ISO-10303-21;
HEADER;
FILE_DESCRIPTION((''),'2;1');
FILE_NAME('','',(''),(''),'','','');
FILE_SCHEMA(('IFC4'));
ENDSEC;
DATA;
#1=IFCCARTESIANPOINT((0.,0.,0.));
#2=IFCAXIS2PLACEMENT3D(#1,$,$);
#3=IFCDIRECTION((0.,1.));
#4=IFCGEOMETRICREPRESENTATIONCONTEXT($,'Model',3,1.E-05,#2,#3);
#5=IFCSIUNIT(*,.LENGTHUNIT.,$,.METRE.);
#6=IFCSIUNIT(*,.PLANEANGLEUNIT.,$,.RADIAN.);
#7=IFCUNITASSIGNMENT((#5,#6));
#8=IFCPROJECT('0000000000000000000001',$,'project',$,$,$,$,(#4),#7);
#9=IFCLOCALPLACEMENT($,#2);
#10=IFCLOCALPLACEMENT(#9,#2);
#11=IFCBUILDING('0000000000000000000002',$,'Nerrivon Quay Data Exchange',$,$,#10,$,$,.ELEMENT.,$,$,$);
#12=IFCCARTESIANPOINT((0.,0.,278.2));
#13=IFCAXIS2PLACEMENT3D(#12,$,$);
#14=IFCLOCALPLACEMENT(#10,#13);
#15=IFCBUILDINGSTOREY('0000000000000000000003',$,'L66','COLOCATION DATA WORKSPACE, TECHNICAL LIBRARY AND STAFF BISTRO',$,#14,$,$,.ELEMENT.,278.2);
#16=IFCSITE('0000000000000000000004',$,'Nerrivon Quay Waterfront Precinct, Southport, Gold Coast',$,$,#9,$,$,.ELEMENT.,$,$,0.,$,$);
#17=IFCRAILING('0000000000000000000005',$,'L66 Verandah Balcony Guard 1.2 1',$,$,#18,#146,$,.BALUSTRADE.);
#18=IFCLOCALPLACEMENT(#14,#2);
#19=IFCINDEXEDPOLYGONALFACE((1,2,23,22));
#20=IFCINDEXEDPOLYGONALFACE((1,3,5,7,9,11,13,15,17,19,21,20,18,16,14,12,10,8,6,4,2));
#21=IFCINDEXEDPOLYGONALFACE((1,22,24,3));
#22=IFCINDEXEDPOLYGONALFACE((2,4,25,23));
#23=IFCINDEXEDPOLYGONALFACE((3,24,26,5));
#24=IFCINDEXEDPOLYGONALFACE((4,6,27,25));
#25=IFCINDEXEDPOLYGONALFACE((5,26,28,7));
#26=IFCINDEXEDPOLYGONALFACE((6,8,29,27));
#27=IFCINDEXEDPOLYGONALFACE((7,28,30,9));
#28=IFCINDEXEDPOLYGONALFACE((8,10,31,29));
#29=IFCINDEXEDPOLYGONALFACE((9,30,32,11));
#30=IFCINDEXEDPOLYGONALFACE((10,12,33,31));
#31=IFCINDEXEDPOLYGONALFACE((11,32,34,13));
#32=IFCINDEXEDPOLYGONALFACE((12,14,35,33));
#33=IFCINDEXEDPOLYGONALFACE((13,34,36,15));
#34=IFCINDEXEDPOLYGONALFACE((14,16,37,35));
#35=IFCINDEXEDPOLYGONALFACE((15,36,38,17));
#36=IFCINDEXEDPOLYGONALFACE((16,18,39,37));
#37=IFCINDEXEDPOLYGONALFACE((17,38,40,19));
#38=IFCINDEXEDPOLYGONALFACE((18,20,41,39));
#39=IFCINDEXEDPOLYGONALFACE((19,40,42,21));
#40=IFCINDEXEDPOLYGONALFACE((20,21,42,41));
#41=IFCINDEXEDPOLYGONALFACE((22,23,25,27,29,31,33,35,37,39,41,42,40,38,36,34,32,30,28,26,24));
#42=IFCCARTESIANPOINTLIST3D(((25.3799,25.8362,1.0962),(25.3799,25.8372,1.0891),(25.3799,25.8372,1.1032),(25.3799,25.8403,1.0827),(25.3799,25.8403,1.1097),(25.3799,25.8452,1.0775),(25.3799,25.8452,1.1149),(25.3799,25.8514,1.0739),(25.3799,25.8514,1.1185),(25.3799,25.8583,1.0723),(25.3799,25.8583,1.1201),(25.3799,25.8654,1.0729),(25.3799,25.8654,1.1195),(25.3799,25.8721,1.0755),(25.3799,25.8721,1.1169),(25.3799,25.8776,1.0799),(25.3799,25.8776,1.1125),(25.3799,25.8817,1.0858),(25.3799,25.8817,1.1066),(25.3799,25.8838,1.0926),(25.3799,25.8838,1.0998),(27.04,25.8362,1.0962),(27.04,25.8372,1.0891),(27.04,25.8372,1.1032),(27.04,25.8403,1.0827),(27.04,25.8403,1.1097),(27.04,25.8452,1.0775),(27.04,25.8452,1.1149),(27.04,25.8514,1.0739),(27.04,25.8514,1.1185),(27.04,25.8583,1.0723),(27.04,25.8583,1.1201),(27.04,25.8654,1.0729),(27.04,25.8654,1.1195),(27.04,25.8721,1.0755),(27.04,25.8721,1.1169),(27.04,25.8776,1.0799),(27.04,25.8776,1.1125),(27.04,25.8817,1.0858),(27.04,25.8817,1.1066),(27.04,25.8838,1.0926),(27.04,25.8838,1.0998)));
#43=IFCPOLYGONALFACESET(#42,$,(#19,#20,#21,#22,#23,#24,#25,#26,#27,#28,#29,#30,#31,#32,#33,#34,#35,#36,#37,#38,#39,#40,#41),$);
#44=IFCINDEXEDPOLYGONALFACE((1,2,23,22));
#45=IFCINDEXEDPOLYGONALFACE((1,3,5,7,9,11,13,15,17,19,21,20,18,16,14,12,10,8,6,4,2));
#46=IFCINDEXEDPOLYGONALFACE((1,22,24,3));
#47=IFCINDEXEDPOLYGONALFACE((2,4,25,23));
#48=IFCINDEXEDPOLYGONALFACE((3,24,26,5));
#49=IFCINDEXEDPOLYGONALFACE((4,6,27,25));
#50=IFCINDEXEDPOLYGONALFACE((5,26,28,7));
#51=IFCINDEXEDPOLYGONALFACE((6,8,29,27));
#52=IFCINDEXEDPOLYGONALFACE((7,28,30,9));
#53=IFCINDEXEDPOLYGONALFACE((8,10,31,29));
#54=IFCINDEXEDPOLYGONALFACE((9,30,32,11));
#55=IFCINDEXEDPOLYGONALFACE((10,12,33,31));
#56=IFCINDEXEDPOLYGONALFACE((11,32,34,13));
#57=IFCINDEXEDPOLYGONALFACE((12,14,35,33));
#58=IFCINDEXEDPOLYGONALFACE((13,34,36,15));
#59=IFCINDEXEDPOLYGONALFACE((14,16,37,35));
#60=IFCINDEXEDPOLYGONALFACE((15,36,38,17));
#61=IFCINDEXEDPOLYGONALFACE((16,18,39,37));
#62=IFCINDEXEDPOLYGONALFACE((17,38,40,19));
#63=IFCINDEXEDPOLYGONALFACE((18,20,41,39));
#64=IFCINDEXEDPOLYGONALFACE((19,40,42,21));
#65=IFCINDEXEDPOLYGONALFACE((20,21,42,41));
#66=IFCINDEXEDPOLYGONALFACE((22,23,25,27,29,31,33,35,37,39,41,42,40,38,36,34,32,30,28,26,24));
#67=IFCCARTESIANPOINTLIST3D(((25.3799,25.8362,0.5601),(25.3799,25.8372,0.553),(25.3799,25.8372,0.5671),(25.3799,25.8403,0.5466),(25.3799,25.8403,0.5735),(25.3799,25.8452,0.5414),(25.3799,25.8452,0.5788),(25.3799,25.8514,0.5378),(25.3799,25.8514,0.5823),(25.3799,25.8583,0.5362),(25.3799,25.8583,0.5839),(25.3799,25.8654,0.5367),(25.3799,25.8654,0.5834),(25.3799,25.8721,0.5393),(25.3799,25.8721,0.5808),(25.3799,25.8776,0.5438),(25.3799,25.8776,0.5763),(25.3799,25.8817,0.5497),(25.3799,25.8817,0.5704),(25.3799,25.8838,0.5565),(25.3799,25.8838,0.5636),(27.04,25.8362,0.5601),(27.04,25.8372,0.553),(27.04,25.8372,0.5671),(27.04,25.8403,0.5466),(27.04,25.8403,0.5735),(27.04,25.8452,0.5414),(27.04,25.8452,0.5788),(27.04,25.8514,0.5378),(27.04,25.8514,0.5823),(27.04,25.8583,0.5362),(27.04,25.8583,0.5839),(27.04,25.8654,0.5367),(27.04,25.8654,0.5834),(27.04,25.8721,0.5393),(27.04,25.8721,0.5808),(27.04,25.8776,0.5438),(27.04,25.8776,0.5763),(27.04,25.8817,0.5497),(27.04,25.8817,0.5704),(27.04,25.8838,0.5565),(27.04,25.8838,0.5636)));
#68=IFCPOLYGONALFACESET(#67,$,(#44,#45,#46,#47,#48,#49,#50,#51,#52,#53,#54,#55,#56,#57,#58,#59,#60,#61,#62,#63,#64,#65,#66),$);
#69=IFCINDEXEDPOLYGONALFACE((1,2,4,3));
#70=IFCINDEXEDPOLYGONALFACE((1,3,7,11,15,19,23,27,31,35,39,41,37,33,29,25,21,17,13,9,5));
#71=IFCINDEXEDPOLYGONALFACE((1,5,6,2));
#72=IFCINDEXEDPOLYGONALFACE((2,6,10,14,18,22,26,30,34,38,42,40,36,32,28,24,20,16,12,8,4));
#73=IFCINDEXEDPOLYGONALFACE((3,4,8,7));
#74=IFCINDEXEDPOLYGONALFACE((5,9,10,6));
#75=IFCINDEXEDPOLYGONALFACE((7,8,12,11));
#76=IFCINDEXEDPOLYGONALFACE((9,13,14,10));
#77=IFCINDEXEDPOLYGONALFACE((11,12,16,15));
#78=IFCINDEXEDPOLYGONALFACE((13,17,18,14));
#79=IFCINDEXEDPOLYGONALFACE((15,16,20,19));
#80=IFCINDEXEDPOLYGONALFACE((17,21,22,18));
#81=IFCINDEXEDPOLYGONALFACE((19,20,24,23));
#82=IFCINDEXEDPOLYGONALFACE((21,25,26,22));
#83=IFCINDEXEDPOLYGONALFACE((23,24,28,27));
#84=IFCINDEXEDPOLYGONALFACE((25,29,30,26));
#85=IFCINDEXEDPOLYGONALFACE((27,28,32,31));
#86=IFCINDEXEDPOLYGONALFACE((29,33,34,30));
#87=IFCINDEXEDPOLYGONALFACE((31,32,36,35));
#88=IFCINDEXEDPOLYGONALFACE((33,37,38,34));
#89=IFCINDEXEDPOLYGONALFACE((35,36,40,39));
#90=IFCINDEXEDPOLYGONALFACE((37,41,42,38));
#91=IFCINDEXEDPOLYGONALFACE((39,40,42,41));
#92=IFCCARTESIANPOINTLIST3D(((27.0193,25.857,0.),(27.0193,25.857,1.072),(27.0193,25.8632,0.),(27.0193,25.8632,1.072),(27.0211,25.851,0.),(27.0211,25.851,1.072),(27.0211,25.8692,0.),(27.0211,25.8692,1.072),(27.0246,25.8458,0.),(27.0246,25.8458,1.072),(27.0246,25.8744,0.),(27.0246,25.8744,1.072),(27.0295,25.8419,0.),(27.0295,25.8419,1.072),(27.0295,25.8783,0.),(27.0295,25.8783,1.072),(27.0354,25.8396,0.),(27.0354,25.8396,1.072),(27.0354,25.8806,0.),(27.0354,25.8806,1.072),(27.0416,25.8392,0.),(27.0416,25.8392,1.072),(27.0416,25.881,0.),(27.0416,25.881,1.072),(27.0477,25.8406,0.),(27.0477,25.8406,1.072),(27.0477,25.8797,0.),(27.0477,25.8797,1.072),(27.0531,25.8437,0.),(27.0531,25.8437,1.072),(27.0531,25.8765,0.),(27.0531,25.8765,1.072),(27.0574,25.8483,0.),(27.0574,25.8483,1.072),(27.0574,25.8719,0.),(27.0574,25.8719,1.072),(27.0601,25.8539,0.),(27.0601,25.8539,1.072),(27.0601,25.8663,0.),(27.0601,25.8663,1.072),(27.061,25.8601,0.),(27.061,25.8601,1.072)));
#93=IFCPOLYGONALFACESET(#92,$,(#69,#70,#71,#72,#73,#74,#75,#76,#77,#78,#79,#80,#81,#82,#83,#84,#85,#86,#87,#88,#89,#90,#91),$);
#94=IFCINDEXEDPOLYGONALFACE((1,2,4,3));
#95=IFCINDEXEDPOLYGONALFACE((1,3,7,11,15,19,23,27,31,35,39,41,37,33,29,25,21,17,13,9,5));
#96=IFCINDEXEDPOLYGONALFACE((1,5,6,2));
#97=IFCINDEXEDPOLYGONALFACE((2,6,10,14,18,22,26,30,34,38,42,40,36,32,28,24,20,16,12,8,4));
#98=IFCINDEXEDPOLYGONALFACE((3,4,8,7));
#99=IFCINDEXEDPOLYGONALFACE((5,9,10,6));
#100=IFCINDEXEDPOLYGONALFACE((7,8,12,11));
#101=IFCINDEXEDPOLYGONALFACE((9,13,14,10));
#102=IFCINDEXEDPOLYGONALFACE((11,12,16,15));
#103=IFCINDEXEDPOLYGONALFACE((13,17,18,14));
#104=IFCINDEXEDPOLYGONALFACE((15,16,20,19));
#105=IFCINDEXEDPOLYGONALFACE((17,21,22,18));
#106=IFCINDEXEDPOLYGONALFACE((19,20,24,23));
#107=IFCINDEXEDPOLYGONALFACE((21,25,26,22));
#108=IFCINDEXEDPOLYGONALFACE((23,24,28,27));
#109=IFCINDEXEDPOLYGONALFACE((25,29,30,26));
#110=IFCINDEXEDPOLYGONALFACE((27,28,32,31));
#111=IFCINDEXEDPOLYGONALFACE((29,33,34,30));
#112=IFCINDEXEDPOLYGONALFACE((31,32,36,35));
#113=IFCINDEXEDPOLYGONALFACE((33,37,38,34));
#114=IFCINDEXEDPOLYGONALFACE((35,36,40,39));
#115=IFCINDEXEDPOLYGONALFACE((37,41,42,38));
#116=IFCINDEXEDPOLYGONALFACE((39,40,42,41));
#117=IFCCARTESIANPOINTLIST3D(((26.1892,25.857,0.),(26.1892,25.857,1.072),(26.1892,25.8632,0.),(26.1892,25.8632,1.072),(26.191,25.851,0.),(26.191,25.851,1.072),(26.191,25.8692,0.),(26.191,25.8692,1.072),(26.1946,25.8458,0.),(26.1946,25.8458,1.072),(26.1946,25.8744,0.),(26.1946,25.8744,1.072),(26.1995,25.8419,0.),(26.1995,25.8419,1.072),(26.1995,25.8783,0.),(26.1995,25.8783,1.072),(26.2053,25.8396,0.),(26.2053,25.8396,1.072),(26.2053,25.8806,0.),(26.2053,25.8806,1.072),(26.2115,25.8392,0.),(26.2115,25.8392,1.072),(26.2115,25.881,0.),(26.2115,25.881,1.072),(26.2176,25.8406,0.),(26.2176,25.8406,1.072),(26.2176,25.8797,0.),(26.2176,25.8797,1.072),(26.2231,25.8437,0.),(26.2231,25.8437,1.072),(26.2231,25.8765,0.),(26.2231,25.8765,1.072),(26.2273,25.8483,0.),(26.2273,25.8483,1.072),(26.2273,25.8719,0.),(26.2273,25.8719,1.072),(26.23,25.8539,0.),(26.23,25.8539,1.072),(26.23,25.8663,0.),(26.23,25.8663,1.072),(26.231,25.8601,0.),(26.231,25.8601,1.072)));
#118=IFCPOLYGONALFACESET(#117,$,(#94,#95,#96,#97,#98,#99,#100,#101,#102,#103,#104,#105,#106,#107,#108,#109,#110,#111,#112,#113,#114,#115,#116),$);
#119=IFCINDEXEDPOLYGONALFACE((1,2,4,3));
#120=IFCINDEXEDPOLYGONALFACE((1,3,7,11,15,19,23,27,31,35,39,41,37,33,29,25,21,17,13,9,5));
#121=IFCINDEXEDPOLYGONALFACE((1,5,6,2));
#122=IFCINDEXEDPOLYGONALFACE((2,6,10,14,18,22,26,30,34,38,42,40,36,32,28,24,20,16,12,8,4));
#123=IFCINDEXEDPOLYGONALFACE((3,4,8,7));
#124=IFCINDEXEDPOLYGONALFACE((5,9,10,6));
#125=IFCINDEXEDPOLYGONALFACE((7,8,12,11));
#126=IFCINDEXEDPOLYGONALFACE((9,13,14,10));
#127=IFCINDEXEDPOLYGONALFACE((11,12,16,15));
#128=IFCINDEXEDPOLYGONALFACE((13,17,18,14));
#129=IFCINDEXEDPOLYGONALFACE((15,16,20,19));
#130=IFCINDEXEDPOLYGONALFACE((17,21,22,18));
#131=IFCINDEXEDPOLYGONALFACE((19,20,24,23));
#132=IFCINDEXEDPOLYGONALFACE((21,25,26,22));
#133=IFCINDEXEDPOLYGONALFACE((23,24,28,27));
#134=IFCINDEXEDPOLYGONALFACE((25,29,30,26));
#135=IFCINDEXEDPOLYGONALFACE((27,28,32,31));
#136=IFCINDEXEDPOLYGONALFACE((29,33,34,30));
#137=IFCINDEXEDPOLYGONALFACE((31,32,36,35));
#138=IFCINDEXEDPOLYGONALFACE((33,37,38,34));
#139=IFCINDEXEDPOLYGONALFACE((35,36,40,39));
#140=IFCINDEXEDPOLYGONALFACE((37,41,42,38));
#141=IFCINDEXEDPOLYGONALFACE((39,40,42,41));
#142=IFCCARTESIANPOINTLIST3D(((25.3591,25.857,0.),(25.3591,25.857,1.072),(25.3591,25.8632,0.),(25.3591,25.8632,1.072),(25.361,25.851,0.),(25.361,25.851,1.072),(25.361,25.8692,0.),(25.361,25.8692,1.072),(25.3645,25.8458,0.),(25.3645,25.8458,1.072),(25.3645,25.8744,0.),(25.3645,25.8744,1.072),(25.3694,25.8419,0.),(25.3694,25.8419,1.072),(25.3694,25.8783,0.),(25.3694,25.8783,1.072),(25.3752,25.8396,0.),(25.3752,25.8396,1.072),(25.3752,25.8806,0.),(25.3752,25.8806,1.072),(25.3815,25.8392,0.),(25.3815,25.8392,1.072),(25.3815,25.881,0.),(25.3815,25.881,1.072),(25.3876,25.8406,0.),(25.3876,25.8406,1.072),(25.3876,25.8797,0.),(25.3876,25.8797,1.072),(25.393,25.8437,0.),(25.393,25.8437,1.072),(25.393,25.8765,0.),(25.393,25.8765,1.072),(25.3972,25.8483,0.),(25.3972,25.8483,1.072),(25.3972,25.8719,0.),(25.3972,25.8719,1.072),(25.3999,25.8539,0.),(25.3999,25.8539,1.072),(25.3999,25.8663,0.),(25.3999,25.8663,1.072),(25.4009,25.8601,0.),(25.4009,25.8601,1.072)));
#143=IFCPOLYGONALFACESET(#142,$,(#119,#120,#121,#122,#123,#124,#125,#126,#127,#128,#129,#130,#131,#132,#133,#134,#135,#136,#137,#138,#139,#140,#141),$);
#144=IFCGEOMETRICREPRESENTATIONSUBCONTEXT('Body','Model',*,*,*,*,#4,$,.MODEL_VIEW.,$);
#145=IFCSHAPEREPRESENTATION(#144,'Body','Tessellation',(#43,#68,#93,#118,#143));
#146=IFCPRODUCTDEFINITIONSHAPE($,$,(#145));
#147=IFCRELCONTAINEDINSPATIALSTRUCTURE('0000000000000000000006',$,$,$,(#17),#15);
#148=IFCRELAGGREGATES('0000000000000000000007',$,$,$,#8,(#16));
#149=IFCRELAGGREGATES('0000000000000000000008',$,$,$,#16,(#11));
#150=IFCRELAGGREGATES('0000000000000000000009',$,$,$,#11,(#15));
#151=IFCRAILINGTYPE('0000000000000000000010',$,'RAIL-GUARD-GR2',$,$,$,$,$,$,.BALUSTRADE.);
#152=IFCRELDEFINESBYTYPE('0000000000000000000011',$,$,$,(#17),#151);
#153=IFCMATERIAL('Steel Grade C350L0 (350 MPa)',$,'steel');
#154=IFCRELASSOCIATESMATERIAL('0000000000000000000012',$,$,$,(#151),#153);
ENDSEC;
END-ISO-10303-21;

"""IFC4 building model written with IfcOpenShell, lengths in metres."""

from ifc_helpers import new_model, si_unit, direction, frame, origin, origin_2d, place, context, subcontext, project, spatial, circle, extrude, material, type_object, element, save


model = new_model("IFC4")

# Units and contexts
model_context = context("Model", 3, precision=1e-05, world=origin(), true_north=direction((0.0, 1.0)))
body_context = subcontext(model_context, "Body", "Model", "MODEL_VIEW")
ifc_project = project(units=[si_unit("LENGTHUNIT", "METRE"), si_unit("PLANEANGLEUNIT", "RADIAN")], contexts=[model_context])

# Site, building, storey
site_placement = place(None, origin())
site = spatial("IfcSite", under=ifc_project, at=site_placement, Name="Nerrivon Quay Waterfront Precinct, Southport, Gold Coast", CompositionType="ELEMENT", RefElevation=0.0)
building_placement = place(site_placement, origin())
building = spatial("IfcBuilding", under=site, at=building_placement, Name="Nerrivon Quay Data Exchange", CompositionType="ELEMENT")
storey_placement = place(building_placement, frame((0.0, 0.0, 278.2)))
storey = spatial("IfcBuildingStorey", under=building, at=storey_placement, Name="L66", Description="COLOCATION DATA WORKSPACE, TECHNICAL LIBRARY AND STAFF BISTRO", CompositionType="ELEMENT", Elevation=278.2)

# Shared definitions
ifc_material_1 = material(Name="Steel Grade C350L0 (350 MPa)", Category="steel")

# Railing
railing_type = type_object("IfcRailingType", Name="RAIL-GUARD-GR2", PredefinedType="BALUSTRADE", material=ifc_material_1)
railing_1_placement = place(storey_placement, frame((27.04, 25.8601, 0.0)))
element("IfcRailing", 1, at=railing_1_placement, inside=storey, type_object=railing_type, Name="L66 Verandah Balcony Guard 1.2 1", PredefinedType="BALUSTRADE", context=body_context, shape_type="SweptSolid", body=[
    extrude(circle(Radius=0.0239, at=origin_2d()), frame((0.0, 0.0, 1.0962), z_axis=(-1.0, 0.0, 0.0), x_axis=(0.0, -1.0, 0.0)), (0.0, 0.0, 1.0), 1.6602),
    extrude(circle(Radius=0.0239, at=origin_2d()), frame((0.0, 0.0, 0.5601), z_axis=(-1.0, 0.0, 0.0), x_axis=(0.0, -1.0, 0.0)), (0.0, 0.0, 1.0), 1.6602),
    extrude(circle(Radius=0.021, at=origin_2d()), origin(), (0.0, 0.0, 1.0), 1.072),
    extrude(circle(Radius=0.021, at=origin_2d()), frame((-0.8301, 0.0, 0.0)), (0.0, 0.0, 1.0), 1.072),
    extrude(circle(Radius=0.021, at=origin_2d()), frame((-1.6602, 0.0, 0.0)), (0.0, 0.0, 1.0), 1.072),
])

save(model, "model.ifc")
